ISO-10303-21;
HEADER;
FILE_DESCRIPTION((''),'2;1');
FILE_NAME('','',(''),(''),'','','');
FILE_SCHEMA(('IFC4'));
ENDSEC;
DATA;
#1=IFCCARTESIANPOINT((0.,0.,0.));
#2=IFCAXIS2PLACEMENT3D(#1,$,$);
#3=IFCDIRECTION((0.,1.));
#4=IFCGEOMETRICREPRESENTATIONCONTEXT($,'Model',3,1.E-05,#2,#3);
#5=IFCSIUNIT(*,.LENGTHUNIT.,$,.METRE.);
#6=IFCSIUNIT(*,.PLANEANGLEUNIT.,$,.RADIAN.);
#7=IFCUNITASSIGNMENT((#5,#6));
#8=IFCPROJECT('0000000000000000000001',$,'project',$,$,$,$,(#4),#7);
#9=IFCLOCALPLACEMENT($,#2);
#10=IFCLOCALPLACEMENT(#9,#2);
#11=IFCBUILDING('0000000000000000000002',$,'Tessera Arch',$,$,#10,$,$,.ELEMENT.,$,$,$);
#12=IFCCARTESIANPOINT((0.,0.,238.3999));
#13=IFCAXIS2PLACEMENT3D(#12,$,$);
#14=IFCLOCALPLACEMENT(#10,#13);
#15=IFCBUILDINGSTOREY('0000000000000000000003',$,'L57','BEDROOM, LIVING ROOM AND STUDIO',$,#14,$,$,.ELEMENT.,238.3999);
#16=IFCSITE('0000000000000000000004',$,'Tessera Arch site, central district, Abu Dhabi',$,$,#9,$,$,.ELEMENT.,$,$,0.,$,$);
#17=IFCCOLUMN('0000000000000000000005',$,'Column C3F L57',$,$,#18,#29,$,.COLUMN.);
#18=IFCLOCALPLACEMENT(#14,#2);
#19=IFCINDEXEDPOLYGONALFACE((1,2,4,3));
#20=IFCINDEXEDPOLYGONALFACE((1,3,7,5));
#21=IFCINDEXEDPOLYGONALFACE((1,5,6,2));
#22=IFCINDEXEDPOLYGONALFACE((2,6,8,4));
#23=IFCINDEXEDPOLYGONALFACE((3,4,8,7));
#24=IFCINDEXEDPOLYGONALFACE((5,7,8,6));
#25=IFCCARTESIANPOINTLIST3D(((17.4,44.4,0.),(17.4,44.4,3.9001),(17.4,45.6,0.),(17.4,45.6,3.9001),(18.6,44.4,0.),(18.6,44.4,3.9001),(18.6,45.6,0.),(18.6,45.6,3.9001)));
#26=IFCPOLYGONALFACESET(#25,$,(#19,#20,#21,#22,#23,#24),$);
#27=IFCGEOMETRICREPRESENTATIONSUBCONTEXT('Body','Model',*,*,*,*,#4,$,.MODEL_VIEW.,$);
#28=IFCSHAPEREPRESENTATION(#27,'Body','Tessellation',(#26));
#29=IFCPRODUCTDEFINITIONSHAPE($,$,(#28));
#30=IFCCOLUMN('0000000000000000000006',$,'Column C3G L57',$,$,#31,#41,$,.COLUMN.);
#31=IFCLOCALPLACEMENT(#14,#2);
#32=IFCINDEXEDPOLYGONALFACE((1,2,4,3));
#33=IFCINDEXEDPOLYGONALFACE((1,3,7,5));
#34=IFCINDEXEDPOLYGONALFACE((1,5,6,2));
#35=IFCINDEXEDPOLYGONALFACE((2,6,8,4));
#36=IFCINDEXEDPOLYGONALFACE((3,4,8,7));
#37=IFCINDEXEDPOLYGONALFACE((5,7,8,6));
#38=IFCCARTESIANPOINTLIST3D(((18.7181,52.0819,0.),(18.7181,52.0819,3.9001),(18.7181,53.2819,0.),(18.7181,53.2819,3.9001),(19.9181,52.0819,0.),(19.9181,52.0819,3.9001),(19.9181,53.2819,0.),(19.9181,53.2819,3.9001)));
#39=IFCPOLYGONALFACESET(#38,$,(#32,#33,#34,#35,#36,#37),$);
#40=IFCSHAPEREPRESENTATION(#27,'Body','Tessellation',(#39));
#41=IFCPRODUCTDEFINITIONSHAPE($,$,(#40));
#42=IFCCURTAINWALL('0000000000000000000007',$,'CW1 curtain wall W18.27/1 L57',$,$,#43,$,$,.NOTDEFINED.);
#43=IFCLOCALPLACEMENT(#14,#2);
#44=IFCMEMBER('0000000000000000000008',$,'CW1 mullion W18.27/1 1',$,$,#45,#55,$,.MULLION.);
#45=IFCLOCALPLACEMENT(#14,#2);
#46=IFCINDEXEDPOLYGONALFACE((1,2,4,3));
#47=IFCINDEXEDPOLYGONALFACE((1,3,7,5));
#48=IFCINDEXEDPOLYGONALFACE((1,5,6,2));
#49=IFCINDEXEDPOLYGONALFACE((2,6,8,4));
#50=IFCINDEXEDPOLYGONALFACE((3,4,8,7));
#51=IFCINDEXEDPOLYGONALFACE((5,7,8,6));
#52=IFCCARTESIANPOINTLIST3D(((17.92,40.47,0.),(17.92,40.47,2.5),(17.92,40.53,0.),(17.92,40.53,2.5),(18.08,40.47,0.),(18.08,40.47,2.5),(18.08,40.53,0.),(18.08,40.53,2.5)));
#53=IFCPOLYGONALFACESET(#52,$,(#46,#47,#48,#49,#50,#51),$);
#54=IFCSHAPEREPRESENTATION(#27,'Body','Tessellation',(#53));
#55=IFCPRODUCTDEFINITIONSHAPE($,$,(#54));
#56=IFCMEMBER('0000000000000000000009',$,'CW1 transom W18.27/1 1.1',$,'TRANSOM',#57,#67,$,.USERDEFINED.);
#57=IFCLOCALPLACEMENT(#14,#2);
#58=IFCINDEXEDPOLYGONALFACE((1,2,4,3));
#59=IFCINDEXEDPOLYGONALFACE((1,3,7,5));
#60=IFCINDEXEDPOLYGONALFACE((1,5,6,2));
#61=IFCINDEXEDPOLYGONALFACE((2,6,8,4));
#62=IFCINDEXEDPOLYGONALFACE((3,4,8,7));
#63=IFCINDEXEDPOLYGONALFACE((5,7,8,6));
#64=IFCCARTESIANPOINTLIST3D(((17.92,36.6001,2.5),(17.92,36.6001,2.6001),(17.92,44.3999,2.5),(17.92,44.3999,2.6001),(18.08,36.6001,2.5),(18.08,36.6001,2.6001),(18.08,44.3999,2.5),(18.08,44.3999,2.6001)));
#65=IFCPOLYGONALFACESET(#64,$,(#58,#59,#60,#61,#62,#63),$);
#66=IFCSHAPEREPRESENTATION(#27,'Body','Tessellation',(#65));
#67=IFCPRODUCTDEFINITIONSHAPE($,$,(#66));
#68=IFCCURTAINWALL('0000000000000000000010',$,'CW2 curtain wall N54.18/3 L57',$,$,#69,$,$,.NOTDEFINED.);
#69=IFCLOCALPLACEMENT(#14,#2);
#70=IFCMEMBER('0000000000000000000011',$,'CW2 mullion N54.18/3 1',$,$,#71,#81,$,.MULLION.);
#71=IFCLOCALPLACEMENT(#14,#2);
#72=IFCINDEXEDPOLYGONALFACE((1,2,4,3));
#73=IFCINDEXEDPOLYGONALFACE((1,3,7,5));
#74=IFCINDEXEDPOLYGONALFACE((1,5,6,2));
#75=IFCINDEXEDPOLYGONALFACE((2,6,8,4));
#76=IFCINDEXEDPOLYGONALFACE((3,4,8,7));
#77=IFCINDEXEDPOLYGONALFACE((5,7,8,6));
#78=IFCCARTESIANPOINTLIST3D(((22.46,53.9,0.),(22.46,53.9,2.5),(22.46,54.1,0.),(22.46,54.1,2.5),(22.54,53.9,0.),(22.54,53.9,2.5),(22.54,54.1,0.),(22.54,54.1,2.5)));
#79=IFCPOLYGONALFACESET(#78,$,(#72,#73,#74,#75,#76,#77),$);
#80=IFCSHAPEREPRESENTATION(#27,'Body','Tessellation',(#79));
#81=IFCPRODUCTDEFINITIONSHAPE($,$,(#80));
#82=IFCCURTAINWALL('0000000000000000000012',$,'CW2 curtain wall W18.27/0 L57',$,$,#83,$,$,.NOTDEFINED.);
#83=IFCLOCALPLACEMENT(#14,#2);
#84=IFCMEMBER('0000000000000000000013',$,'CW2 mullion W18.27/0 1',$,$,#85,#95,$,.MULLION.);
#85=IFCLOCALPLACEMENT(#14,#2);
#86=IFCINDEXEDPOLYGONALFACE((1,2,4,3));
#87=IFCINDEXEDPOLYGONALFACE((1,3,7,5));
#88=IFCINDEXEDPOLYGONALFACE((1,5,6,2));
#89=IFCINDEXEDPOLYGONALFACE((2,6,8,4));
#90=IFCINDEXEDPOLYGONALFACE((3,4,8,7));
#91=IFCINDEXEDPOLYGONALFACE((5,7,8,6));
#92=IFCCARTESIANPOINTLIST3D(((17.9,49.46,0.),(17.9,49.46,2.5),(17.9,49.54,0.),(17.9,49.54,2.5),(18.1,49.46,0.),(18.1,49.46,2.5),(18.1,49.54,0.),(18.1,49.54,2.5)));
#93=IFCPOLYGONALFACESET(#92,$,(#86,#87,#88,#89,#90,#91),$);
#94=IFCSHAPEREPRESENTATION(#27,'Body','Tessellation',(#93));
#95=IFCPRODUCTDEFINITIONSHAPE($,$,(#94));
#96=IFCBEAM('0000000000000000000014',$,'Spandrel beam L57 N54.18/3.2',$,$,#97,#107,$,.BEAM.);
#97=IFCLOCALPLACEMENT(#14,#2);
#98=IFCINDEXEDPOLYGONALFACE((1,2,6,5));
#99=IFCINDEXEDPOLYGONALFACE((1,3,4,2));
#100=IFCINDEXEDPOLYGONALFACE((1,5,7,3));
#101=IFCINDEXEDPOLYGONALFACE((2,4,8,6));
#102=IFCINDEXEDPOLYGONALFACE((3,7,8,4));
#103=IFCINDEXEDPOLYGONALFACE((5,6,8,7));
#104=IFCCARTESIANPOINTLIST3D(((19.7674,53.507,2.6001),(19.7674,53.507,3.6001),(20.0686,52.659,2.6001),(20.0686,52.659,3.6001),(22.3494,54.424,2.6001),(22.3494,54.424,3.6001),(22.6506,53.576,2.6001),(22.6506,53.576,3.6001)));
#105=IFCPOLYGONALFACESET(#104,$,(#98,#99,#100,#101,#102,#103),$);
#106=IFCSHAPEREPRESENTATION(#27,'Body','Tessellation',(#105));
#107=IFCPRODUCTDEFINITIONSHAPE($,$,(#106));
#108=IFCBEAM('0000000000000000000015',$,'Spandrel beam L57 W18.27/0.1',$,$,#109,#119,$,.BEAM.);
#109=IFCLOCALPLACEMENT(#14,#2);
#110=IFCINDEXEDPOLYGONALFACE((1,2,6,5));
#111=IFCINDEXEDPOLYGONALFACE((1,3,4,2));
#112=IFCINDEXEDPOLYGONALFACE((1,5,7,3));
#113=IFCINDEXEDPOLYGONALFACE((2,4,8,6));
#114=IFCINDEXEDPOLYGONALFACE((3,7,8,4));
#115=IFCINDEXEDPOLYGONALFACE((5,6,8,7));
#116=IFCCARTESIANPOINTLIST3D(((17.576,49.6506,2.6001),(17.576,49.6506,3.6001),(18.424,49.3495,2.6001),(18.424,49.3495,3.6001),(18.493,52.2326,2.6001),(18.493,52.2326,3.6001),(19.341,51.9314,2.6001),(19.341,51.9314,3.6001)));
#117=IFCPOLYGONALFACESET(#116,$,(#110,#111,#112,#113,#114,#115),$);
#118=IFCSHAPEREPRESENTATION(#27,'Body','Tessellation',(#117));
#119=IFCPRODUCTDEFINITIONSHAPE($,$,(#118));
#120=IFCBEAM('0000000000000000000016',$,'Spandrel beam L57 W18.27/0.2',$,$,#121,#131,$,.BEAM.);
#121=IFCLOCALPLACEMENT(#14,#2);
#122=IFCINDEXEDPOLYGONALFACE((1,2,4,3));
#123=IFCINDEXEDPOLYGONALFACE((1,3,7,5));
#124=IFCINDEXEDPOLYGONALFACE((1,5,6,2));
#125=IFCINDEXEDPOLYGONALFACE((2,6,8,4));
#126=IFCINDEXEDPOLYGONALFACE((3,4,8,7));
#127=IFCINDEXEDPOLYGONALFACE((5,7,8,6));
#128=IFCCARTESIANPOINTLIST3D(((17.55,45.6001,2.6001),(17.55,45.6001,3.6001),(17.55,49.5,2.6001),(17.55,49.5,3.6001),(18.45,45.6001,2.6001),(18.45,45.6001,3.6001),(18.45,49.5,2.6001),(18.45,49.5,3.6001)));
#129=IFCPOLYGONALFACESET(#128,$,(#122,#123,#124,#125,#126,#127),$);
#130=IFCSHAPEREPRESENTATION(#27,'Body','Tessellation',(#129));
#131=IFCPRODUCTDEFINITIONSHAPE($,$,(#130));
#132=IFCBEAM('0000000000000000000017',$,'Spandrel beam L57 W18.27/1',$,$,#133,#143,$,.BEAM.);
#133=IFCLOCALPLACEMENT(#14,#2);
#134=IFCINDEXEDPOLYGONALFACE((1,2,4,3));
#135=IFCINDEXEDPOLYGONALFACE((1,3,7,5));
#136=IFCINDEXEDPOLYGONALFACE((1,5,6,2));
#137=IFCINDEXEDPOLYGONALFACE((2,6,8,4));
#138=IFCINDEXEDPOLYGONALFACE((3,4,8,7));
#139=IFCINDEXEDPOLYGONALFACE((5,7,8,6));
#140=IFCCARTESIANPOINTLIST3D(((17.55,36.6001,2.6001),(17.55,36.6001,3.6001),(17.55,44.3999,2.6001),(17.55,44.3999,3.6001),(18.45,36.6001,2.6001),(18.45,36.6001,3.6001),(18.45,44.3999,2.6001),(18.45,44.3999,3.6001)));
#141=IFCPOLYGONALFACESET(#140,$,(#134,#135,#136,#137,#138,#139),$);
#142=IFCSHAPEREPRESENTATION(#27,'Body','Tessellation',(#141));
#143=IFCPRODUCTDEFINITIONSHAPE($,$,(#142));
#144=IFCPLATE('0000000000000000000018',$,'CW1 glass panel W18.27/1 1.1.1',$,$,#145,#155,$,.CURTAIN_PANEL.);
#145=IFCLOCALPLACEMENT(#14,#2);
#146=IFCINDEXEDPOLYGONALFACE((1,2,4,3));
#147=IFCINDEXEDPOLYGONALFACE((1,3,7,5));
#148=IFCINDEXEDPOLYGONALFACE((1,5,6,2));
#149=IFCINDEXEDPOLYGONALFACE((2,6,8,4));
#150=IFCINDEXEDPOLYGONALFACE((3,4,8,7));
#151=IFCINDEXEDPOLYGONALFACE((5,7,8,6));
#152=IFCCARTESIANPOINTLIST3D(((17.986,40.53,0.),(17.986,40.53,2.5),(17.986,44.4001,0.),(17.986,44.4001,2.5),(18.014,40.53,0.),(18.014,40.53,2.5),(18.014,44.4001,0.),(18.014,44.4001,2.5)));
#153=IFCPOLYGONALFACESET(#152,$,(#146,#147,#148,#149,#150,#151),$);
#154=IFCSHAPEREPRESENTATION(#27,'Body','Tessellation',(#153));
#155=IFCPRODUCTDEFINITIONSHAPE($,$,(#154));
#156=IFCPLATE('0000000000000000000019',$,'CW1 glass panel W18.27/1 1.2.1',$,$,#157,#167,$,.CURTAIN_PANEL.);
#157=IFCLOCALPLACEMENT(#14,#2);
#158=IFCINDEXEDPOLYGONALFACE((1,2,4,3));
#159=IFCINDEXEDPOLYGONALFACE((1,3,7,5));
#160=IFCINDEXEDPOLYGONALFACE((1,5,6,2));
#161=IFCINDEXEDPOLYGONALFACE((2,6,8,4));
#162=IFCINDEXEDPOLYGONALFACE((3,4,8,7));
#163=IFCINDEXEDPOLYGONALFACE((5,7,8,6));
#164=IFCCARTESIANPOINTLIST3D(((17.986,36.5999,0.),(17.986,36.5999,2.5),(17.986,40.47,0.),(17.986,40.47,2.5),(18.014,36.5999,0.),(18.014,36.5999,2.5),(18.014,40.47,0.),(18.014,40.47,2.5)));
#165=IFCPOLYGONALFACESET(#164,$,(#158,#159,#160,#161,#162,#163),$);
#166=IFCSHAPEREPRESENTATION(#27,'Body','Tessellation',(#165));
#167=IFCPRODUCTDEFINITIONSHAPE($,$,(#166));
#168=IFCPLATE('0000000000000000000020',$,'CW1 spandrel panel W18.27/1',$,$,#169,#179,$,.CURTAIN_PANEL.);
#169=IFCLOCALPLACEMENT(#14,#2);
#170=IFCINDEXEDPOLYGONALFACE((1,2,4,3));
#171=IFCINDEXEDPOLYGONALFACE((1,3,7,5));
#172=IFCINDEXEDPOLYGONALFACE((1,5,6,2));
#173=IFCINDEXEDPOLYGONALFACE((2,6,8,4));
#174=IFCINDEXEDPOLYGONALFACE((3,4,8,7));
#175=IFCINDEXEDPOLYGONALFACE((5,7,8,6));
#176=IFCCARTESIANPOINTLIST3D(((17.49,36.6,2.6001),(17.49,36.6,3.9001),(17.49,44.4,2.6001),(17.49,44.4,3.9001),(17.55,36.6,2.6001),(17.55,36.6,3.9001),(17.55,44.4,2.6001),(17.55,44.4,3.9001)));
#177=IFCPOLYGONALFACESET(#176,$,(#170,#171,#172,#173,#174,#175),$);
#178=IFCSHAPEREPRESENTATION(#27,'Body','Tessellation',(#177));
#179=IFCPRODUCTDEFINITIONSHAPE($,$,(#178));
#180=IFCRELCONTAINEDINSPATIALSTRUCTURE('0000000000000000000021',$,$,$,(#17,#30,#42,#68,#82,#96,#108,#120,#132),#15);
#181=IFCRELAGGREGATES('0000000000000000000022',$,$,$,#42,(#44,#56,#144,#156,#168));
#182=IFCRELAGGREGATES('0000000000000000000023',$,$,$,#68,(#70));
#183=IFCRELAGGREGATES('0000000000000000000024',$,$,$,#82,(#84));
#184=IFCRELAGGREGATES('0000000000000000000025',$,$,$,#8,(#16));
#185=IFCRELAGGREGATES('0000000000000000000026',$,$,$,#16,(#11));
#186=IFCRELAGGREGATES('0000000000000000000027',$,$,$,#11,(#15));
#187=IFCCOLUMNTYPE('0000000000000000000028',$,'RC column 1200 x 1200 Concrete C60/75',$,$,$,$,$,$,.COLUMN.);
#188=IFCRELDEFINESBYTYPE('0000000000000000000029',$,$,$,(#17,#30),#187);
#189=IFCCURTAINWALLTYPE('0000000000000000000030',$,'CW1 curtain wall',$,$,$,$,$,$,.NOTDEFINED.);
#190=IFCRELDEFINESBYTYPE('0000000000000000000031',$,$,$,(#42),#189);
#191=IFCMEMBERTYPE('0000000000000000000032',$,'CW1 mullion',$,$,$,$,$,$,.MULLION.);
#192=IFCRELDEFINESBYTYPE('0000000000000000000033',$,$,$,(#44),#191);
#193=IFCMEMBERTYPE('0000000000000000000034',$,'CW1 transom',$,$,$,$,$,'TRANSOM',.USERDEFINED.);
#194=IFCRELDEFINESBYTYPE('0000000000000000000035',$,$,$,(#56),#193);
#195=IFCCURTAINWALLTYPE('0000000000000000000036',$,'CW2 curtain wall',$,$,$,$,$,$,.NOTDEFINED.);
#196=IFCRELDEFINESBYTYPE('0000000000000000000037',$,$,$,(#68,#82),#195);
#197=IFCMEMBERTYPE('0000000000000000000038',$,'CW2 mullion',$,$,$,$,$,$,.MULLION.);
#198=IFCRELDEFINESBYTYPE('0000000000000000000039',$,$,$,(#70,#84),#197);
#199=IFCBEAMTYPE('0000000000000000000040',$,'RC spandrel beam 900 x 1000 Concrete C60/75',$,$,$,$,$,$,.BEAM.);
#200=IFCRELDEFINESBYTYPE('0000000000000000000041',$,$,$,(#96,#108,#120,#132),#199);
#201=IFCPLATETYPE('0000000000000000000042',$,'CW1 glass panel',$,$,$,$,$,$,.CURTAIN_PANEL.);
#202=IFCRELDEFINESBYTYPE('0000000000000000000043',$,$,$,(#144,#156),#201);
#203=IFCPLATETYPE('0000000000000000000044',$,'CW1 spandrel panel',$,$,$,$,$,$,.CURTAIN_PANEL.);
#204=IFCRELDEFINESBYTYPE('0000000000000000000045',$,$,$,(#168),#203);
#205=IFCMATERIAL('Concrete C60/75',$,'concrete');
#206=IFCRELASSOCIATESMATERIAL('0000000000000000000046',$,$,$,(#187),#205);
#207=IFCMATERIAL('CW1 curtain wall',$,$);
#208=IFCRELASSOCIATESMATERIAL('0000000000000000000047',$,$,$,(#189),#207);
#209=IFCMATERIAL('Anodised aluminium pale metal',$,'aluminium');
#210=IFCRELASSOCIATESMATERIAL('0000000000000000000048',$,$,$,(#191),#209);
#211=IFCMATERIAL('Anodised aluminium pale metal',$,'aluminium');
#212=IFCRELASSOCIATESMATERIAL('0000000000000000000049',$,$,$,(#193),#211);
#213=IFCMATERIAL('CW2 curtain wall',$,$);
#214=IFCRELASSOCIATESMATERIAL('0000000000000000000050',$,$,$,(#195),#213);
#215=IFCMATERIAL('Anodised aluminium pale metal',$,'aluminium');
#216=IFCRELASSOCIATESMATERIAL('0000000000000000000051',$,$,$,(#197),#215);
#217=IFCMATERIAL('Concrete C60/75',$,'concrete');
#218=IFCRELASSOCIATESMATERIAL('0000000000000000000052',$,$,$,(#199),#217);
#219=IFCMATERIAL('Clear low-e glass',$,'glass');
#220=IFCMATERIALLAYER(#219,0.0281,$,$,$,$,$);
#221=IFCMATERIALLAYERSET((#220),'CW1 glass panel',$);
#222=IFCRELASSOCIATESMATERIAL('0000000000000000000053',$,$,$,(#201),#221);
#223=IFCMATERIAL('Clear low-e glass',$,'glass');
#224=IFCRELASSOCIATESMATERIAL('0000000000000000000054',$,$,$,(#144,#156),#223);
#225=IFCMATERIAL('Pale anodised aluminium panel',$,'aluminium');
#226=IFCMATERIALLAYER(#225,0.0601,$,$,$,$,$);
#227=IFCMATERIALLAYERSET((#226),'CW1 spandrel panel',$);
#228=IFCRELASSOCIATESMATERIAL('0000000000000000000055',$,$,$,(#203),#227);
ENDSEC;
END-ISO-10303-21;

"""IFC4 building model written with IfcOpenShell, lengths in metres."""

from ifc_helpers import new_model, si_unit, direction, frame, origin, origin_2d, place, context, subcontext, project, spatial, rectangle, extrude, material, layer, layer_set, material_profile, profile_set, type_object, element, aggregate, save


model = new_model("IFC4")

# Units and contexts
model_context = context("Model", 3, precision=1e-05, world=origin(), true_north=direction((0.0, 1.0)))
body_context = subcontext(model_context, "Body", "Model", "MODEL_VIEW")
ifc_project = project(units=[si_unit("LENGTHUNIT", "METRE"), si_unit("PLANEANGLEUNIT", "RADIAN")], contexts=[model_context])

# Site, building, storey
site_placement = place(None, origin())
site = spatial("IfcSite", under=ifc_project, at=site_placement, Name="Tessera Arch site, central district, Abu Dhabi", CompositionType="ELEMENT", RefElevation=0.0)
building_placement = place(site_placement, origin())
building = spatial("IfcBuilding", under=site, at=building_placement, Name="Tessera Arch", CompositionType="ELEMENT")
storey_placement = place(building_placement, frame((0.0, 0.0, 238.3999)))
storey = spatial("IfcBuildingStorey", under=building, at=storey_placement, Name="L57", Description="BEDROOM, LIVING ROOM AND STUDIO", CompositionType="ELEMENT", Elevation=238.3999)

# Columns
ifc_material_1 = material(Name="Concrete C60/75", Category="concrete")
ifc_material_profile_1 = material_profile(ifc_material_1, rectangle(XDim=1.2, YDim=1.2, at=origin_2d()), Name="RC column 1200 x 1200 Concrete C60/75")
ifc_profile_set_1 = profile_set([ifc_material_profile_1], Name="Concrete C60/75")
column_type = type_object("IfcColumnType", Name="RC column 1200 x 1200 Concrete C60/75", PredefinedType="COLUMN", material=ifc_profile_set_1)
for number, where, z_axis, x_axis, name in (
    (1, (18.0, 45.0, 0.0), (0.0, 0.0, 1.0), (1.0, 0.0, 0.0), "Column C3F L57"),
    (2, (19.3181, 52.6819, 0.0), (0.0, 0.0, 1.0), (1.0, 0.0, 0.0), "Column C3G L57"),
):
    element("IfcColumn", number, at=place(storey_placement, frame(where, z_axis=z_axis, x_axis=x_axis)), inside=storey, type_object=column_type, Name=name, PredefinedType="COLUMN", context=body_context, shape_type="SweptSolid", body=[
        extrude(rectangle(XDim=1.2, YDim=1.2, at=origin_2d()), origin(), (0.0, 0.0, 1.0), 3.9001),
    ])

# Curtain wall, members
ifc_material_2 = material(Name="CW1 curtain wall")
curtain_wall_type_1 = type_object("IfcCurtainWallType", Name="CW1 curtain wall", PredefinedType="NOTDEFINED", material=ifc_material_2)
curtain_wall_1_placement = place(storey_placement, origin())
curtain_wall_1 = element("IfcCurtainWall", 3, at=curtain_wall_1_placement, inside=storey, type_object=curtain_wall_type_1, Name="CW1 curtain wall W18.27/1 L57", PredefinedType="NOTDEFINED")
ifc_material_3 = material(Name="Anodised aluminium pale metal", Category="aluminium")
ifc_material_profile_2 = material_profile(ifc_material_3, rectangle(XDim=0.1599, YDim=0.0601, at=origin_2d()), Name="AL 60x160")
ifc_profile_set_2 = profile_set([ifc_material_profile_2], Name="Anodised aluminium pale metal")
member_type_1 = type_object("IfcMemberType", Name="CW1 mullion", PredefinedType="MULLION", material=ifc_profile_set_2)
member_1_placement = place(storey_placement, frame((18.0, 40.5, 0.0), z_axis=(0.0, 0.0, 1.0), x_axis=(1.0, 0.0, 0.0)))
member_1 = element("IfcMember", 4, at=member_1_placement, type_object=member_type_1, Name="CW1 mullion W18.27/1 1", PredefinedType="MULLION", context=body_context, shape_type="SweptSolid", body=[
    extrude(rectangle(XDim=0.1599, YDim=0.0601, at=origin_2d()), origin(), (0.0, 0.0, 1.0), 2.5),
])
ifc_material_4 = material(Name="Anodised aluminium pale metal", Category="aluminium")
ifc_material_profile_3 = material_profile(ifc_material_4, rectangle(XDim=0.1599, YDim=0.1001, at=origin_2d()), Name="AL 160x100")
ifc_profile_set_3 = profile_set([ifc_material_profile_3], Name="Anodised aluminium pale metal")
member_type_2 = type_object("IfcMemberType", Name="CW1 transom", ElementType="TRANSOM", PredefinedType="USERDEFINED", material=ifc_profile_set_3)
member_2_placement = place(storey_placement, frame((18.0, 44.3999, 2.55), z_axis=(0.0, -1.0, 0.0), x_axis=(1.0, 0.0, 0.0)))
member_2 = element("IfcMember", 5, at=member_2_placement, type_object=member_type_2, Name="CW1 transom W18.27/1 1.1", ObjectType="TRANSOM", PredefinedType="USERDEFINED", context=body_context, shape_type="SweptSolid", body=[
    extrude(rectangle(XDim=0.1599, YDim=0.1001, at=origin_2d()), origin(), (0.0, 0.0, 1.0), 7.7998),
])

# Curtain walls, members
ifc_material_5 = material(Name="CW2 curtain wall")
curtain_wall_type_2 = type_object("IfcCurtainWallType", Name="CW2 curtain wall", PredefinedType="NOTDEFINED", material=ifc_material_5)
curtain_wall_2_placement = place(storey_placement, origin())
curtain_wall_2 = element("IfcCurtainWall", 6, at=curtain_wall_2_placement, inside=storey, type_object=curtain_wall_type_2, Name="CW2 curtain wall N54.18/3 L57", PredefinedType="NOTDEFINED")
ifc_material_6 = material(Name="Anodised aluminium pale metal", Category="aluminium")
ifc_material_profile_4 = material_profile(ifc_material_6, rectangle(XDim=0.2, YDim=0.0801, at=origin_2d()), Name="AL 80x200")
ifc_profile_set_4 = profile_set([ifc_material_profile_4], Name="Anodised aluminium pale metal")
member_type_3 = type_object("IfcMemberType", Name="CW2 mullion", PredefinedType="MULLION", material=ifc_profile_set_4)
member_3_placement = place(storey_placement, frame((22.5, 54.0, 0.0), z_axis=(0.0, 0.0, 1.0), x_axis=(0.0, -1.0, 0.0)))
member_3 = element("IfcMember", 7, at=member_3_placement, type_object=member_type_3, Name="CW2 mullion N54.18/3 1", PredefinedType="MULLION", context=body_context, shape_type="SweptSolid", body=[
    extrude(rectangle(XDim=0.2, YDim=0.0801, at=origin_2d()), origin(), (0.0, 0.0, 1.0), 2.5),
])
curtain_wall_3_placement = place(storey_placement, origin())
curtain_wall_3 = element("IfcCurtainWall", 8, at=curtain_wall_3_placement, inside=storey, type_object=curtain_wall_type_2, Name="CW2 curtain wall W18.27/0 L57", PredefinedType="NOTDEFINED")
member_4_placement = place(storey_placement, frame((18.0, 49.5, 0.0), z_axis=(0.0, 0.0, 1.0), x_axis=(1.0, 0.0, 0.0)))
member_4 = element("IfcMember", 9, at=member_4_placement, type_object=member_type_3, Name="CW2 mullion W18.27/0 1", PredefinedType="MULLION", context=body_context, shape_type="SweptSolid", body=[
    extrude(rectangle(XDim=0.2, YDim=0.0801, at=origin_2d()), origin(), (0.0, 0.0, 1.0), 2.5),
])

# Beams
ifc_material_7 = material(Name="Concrete C60/75", Category="concrete")
ifc_material_profile_5 = material_profile(ifc_material_7, rectangle(XDim=0.8999, YDim=1.0, at=origin_2d()), Name="RC spandrel beam 900 x 1000 Concrete C60/75")
ifc_profile_set_5 = profile_set([ifc_material_profile_5], Name="Concrete C60/75")
beam_type = type_object("IfcBeamType", Name="RC spandrel beam 900 x 1000 Concrete C60/75", PredefinedType="BEAM", material=ifc_profile_set_5)
for number, where, z_axis, x_axis, name in (
    (10, (22.5, 54.0, 3.1001), (-0.942337, -0.334665, 0.0), (0.334665, -0.942337, 0.0), "Spandrel beam L57 N54.18/3.2"),
    (11, (18.917, 52.082, 3.1001), (-0.334665, -0.942337, 0.0), (0.942337, -0.334665, 0.0), "Spandrel beam L57 W18.27/0.1"),
):
    element("IfcBeam", number, at=place(storey_placement, frame(where, z_axis=z_axis, x_axis=x_axis)), inside=storey, type_object=beam_type, Name=name, PredefinedType="BEAM", context=body_context, shape_type="SweptSolid", body=[
        extrude(rectangle(XDim=0.8999, YDim=1.0, at=origin_2d()), origin(), (0.0, 0.0, 1.0), 2.74),
    ])
beam_1_placement = place(storey_placement, frame((18.0, 49.5, 3.1001), z_axis=(0.0, -1.0, 0.0), x_axis=(1.0, 0.0, 0.0)))
element("IfcBeam", 12, at=beam_1_placement, inside=storey, type_object=beam_type, Name="Spandrel beam L57 W18.27/0.2", PredefinedType="BEAM", context=body_context, shape_type="SweptSolid", body=[
    extrude(rectangle(XDim=0.8999, YDim=1.0, at=origin_2d()), origin(), (0.0, 0.0, 1.0), 3.8999),
])
beam_2_placement = place(storey_placement, frame((18.0, 44.3999, 3.1001), z_axis=(0.0, -1.0, 0.0), x_axis=(1.0, 0.0, 0.0)))
element("IfcBeam", 13, at=beam_2_placement, inside=storey, type_object=beam_type, Name="Spandrel beam L57 W18.27/1", PredefinedType="BEAM", context=body_context, shape_type="SweptSolid", body=[
    extrude(rectangle(XDim=0.8999, YDim=1.0, at=origin_2d()), origin(), (0.0, 0.0, 1.0), 7.7998),
])

# Plates
ifc_material_8 = material(Name="Clear low-e glass", Category="glass")
ifc_material_9 = material(Name="Clear low-e glass", Category="glass")
ifc_layer_1 = layer(ifc_material_9, 0.0281)
ifc_layer_set_1 = layer_set([ifc_layer_1], Name="CW1 glass panel")
plate_type_1 = type_object("IfcPlateType", Name="CW1 glass panel", PredefinedType="CURTAIN_PANEL", material=ifc_layer_set_1)
plate_1_placement = place(storey_placement, frame((18.0, 42.4651, 0.0), z_axis=(0.0, 0.0, 1.0), x_axis=(0.0, -1.0, 0.0)))
plate_1 = element("IfcPlate", 14, at=plate_1_placement, type_object=plate_type_1, material=ifc_material_8, Name="CW1 glass panel W18.27/1 1.1.1", PredefinedType="CURTAIN_PANEL", context=body_context, shape_type="SweptSolid", body=[
    extrude(rectangle(XDim=3.8701, YDim=0.0281, at=origin_2d()), origin(), (0.0, 0.0, 1.0), 2.5),
])
plate_2_placement = place(storey_placement, frame((18.0, 38.5349, 0.0), z_axis=(0.0, 0.0, 1.0), x_axis=(0.0, -1.0, 0.0)))
plate_2 = element("IfcPlate", 15, at=plate_2_placement, type_object=plate_type_1, material=ifc_material_8, Name="CW1 glass panel W18.27/1 1.2.1", PredefinedType="CURTAIN_PANEL", context=body_context, shape_type="SweptSolid", body=[
    extrude(rectangle(XDim=3.8701, YDim=0.0281, at=origin_2d()), origin(), (0.0, 0.0, 1.0), 2.5),
])
ifc_material_10 = material(Name="Pale anodised aluminium panel", Category="aluminium")
ifc_layer_2 = layer(ifc_material_10, 0.0601)
ifc_layer_set_2 = layer_set([ifc_layer_2], Name="CW1 spandrel panel")
plate_type_2 = type_object("IfcPlateType", Name="CW1 spandrel panel", PredefinedType="CURTAIN_PANEL", material=ifc_layer_set_2)
plate_3_placement = place(storey_placement, frame((17.52, 40.5, 2.6001), z_axis=(0.0, 0.0, 1.0), x_axis=(0.0, -1.0, 0.0)))
plate_3 = element("IfcPlate", 16, at=plate_3_placement, type_object=plate_type_2, Name="CW1 spandrel panel W18.27/1", PredefinedType="CURTAIN_PANEL", context=body_context, shape_type="SweptSolid", body=[
    extrude(rectangle(XDim=7.8, YDim=0.0601, at=origin_2d()), origin(), (0.0, 0.0, 1.0), 1.3),
])
aggregate(curtain_wall_1, [member_1, member_2, plate_1, plate_2, plate_3])
aggregate(curtain_wall_2, [member_3])
aggregate(curtain_wall_3, [member_4])

save(model, "model.ifc")
